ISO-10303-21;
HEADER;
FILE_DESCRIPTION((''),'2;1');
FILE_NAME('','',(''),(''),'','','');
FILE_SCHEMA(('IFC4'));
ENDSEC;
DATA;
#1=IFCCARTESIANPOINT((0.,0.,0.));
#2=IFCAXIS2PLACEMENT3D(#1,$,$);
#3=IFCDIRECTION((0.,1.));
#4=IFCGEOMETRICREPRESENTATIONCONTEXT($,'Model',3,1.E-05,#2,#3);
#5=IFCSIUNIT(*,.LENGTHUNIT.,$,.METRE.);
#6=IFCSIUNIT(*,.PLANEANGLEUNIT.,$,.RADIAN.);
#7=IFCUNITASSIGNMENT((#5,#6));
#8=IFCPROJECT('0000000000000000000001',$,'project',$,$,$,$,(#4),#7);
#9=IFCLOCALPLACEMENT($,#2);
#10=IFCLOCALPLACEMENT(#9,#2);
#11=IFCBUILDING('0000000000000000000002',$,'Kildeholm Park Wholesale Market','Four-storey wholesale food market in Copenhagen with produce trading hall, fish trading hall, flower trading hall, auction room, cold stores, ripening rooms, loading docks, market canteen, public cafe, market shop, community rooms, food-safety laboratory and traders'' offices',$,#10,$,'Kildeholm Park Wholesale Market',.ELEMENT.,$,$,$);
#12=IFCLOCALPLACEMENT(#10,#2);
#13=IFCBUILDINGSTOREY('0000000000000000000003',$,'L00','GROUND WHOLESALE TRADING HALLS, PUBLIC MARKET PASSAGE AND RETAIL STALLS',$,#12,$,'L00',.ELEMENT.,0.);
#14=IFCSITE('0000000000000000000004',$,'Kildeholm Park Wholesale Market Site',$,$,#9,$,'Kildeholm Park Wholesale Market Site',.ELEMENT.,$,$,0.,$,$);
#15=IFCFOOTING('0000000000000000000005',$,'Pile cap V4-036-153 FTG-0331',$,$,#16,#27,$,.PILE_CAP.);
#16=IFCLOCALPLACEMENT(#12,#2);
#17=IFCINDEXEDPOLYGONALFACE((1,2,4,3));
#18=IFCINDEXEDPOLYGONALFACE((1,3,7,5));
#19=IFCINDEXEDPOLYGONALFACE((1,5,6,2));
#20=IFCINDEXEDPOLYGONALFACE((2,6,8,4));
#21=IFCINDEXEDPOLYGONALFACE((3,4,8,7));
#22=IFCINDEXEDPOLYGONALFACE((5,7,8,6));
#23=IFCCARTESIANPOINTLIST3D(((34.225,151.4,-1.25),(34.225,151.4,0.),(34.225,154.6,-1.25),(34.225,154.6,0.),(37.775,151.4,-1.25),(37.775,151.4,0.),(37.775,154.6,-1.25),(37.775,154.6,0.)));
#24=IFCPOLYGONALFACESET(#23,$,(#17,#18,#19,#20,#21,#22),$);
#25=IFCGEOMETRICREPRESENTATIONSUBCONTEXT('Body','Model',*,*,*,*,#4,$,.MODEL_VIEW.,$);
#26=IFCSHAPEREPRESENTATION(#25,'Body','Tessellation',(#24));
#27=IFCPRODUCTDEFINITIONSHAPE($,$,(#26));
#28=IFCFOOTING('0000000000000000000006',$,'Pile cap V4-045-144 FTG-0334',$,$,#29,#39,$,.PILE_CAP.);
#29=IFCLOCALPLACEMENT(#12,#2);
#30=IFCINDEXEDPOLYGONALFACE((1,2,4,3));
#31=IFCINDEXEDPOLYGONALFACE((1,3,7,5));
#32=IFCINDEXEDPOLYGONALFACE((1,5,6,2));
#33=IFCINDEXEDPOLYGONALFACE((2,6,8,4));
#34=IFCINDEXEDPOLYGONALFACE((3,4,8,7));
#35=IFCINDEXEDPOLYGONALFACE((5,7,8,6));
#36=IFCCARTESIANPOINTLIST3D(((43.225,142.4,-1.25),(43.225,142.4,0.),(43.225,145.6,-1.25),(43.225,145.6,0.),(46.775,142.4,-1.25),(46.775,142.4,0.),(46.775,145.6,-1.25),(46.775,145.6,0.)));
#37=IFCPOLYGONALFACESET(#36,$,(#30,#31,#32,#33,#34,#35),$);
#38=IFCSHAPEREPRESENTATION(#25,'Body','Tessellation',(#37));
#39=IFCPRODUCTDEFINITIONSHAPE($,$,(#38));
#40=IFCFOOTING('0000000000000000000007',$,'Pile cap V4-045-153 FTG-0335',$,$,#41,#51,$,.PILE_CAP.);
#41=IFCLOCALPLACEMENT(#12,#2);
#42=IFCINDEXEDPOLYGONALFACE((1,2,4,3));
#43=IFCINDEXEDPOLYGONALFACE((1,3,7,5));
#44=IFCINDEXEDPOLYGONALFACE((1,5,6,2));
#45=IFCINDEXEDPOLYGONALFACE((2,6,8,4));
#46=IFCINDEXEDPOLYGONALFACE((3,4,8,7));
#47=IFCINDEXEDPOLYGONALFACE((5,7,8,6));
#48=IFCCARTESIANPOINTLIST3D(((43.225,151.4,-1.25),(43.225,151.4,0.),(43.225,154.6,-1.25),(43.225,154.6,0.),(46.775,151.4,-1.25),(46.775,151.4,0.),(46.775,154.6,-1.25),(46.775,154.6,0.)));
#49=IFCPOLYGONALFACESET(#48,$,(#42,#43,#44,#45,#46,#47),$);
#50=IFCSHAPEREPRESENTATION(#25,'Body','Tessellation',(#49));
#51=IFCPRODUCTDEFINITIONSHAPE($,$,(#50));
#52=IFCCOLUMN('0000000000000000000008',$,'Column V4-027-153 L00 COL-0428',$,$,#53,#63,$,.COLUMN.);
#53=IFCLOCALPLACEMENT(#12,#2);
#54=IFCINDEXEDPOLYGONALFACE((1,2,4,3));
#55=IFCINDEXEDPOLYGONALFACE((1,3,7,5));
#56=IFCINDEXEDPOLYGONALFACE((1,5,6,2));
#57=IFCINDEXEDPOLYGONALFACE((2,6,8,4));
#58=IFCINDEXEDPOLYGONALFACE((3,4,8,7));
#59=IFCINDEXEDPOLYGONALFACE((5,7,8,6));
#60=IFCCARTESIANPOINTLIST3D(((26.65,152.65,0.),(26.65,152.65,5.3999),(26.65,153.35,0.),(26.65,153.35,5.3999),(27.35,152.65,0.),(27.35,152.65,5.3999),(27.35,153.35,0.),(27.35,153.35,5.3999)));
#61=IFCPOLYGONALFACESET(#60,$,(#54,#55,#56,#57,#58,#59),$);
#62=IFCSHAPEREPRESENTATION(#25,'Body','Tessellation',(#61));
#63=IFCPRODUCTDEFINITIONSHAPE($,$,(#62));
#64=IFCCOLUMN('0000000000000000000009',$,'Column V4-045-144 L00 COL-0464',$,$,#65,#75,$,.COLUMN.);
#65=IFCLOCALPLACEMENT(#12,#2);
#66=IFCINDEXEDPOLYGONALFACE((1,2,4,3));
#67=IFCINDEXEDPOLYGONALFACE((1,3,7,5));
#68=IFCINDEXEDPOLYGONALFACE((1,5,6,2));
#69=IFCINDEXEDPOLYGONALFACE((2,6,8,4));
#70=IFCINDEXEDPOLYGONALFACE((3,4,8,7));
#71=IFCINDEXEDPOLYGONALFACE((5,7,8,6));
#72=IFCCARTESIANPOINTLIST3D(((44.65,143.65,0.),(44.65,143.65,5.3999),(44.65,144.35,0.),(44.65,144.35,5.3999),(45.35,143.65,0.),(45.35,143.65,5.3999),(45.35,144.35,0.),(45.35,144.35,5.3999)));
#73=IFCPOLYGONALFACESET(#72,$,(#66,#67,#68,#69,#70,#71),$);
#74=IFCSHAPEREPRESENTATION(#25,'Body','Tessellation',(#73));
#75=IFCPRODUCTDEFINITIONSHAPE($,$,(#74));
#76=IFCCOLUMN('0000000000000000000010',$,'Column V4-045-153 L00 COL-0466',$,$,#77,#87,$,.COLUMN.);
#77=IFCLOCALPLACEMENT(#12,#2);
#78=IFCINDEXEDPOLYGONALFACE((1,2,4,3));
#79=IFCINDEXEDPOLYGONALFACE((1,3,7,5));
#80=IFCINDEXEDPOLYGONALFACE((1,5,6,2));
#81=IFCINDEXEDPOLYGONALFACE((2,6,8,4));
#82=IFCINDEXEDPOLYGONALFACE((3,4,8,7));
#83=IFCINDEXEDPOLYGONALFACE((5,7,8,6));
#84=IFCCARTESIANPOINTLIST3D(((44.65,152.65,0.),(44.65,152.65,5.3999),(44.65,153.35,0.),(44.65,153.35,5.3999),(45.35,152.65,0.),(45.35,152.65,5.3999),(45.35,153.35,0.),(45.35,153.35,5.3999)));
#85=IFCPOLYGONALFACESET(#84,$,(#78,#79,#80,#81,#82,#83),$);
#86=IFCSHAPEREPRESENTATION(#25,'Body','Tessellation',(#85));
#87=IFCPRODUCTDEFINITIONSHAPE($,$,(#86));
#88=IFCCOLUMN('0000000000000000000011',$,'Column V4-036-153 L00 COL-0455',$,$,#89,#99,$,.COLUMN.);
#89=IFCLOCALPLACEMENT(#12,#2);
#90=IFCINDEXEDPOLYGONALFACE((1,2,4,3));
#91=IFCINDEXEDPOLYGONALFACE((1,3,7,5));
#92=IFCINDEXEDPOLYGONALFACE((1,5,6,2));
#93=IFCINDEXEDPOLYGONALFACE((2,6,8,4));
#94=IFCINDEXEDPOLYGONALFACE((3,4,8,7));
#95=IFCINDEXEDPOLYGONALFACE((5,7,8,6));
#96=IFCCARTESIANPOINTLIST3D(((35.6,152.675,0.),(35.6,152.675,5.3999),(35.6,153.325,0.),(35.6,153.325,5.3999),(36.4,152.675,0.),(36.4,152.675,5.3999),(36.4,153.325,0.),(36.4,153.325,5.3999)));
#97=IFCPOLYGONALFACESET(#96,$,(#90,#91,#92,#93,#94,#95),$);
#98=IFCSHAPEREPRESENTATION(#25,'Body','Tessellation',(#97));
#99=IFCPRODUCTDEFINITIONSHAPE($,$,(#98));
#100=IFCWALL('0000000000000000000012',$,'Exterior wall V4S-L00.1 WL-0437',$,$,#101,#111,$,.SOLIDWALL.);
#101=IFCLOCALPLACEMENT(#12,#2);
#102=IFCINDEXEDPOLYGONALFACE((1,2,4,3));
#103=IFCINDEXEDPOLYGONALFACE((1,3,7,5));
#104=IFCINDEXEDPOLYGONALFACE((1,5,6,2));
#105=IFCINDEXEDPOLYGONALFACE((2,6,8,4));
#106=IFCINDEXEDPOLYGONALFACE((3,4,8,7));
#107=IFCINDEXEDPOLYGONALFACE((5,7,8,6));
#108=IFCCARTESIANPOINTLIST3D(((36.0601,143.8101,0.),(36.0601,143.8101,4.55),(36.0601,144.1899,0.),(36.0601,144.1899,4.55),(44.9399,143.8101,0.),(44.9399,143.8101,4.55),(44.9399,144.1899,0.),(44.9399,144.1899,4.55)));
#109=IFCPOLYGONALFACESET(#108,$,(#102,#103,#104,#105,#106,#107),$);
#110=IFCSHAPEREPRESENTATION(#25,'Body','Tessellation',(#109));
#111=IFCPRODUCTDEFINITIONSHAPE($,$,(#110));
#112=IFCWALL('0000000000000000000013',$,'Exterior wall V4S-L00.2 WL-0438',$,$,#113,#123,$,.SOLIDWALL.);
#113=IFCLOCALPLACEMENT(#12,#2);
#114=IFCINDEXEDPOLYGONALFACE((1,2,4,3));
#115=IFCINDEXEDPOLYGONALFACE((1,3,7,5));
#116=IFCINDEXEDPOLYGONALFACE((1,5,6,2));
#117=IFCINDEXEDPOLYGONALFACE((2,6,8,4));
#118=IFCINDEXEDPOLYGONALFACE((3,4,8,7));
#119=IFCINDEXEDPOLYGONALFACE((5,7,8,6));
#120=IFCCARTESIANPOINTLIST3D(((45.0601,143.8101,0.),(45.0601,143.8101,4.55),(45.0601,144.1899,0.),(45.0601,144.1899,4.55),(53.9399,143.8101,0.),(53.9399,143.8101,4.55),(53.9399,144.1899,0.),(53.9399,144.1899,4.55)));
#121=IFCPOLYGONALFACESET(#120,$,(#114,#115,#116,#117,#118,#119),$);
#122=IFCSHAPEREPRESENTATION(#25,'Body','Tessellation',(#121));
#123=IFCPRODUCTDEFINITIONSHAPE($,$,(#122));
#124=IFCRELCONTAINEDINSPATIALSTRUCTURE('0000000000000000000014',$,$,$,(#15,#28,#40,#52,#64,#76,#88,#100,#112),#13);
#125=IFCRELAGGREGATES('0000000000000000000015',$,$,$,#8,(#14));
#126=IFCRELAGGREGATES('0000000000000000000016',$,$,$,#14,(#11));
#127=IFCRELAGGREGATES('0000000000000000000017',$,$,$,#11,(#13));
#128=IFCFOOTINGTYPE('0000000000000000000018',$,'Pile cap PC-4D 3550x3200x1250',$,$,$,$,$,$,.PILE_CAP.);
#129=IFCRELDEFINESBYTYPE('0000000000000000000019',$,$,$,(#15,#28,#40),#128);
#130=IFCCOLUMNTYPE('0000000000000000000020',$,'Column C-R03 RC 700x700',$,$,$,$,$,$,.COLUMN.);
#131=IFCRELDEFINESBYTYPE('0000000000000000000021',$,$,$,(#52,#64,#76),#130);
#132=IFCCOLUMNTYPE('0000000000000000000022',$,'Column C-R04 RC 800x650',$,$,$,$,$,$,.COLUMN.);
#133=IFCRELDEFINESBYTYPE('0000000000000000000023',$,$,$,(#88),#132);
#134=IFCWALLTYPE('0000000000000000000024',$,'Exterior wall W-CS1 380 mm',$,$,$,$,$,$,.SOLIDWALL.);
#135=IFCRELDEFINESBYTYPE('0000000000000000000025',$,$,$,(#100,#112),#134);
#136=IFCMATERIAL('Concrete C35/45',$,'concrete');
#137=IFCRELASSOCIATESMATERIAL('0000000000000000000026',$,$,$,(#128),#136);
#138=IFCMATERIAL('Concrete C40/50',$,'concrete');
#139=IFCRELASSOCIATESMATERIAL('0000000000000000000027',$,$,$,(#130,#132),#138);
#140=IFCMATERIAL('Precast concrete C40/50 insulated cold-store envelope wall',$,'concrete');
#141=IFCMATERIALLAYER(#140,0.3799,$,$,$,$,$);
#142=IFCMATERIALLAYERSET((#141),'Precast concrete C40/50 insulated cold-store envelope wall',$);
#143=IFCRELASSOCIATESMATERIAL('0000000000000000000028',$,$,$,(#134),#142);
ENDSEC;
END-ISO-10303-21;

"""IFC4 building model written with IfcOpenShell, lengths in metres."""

from ifc_helpers import new_model, si_unit, direction, frame, frame_2d, origin, origin_2d, place, context, subcontext, project, spatial, rectangle, extrude, material, layer, layer_set, material_profile, profile_set, type_object, element, save


model = new_model("IFC4")

# Units and contexts
model_context = context("Model", 3, precision=1e-05, world=origin(), true_north=direction((0.0, 1.0)))
body_context = subcontext(model_context, "Body", "Model", "MODEL_VIEW")
ifc_project = project(units=[si_unit("LENGTHUNIT", "METRE"), si_unit("PLANEANGLEUNIT", "RADIAN")], contexts=[model_context])

# Site, building, storey
site_placement = place(None, origin())
site = spatial("IfcSite", under=ifc_project, at=site_placement, Name="Kildeholm Park Wholesale Market Site", LongName="Kildeholm Park Wholesale Market Site", CompositionType="ELEMENT", RefElevation=0.0)
building_placement = place(site_placement, origin())
building = spatial("IfcBuilding", under=site, at=building_placement, Name="Kildeholm Park Wholesale Market", Description="Four-storey wholesale food market in Copenhagen with produce trading hall, fish trading hall, flower trading hall, auction room, cold stores, ripening rooms, loading docks, market canteen, public cafe, market shop, community rooms, food-safety laboratory and traders' offices", LongName="Kildeholm Park Wholesale Market", CompositionType="ELEMENT")
storey_placement = place(building_placement, origin())
storey = spatial("IfcBuildingStorey", under=building, at=storey_placement, Name="L00", Description="GROUND WHOLESALE TRADING HALLS, PUBLIC MARKET PASSAGE AND RETAIL STALLS", LongName="L00", CompositionType="ELEMENT", Elevation=0.0)

# Shared definitions
ifc_material_1 = material(Name="Concrete C35/45", Category="concrete")

# Footings
footing_type_1 = type_object("IfcFootingType", Name="Pile cap PC-4D 3550x3200x1250", PredefinedType="PILE_CAP", material=ifc_material_1)
for number, where, z_axis, x_axis, name in (
    (1, (36.0, 153.0, -1.25), (0.0, 0.0, 1.0), (1.0, 0.0, 0.0), "Pile cap V4-036-153 FTG-0331"),
    (2, (45.0, 144.0, -1.25), (0.0, 0.0, 1.0), (1.0, 0.0, 0.0), "Pile cap V4-045-144 FTG-0334"),
    (3, (45.0, 153.0, -1.25), (0.0, 0.0, 1.0), (1.0, 0.0, 0.0), "Pile cap V4-045-153 FTG-0335"),
):
    element("IfcFooting", number, at=place(storey_placement, frame(where, z_axis=z_axis, x_axis=x_axis)), inside=storey, type_object=footing_type_1, Name=name, PredefinedType="PILE_CAP", context=body_context, shape_type="SweptSolid", body=[
        extrude(rectangle(XDim=3.55, YDim=3.2, at=origin_2d()), origin(), (0.0, 0.0, 1.0), 1.25),
    ])

# Columns
ifc_material_2 = material(Name="Concrete C40/50", Category="concrete")
ifc_material_profile_1 = material_profile(ifc_material_2, rectangle(XDim=0.7, YDim=0.7, at=origin_2d()), Name="RC 700x700")
ifc_profile_set_1 = profile_set([ifc_material_profile_1], Name="Concrete C40/50")
column_type_1 = type_object("IfcColumnType", Name="Column C-R03 RC 700x700", PredefinedType="COLUMN", material=ifc_profile_set_1)
for number, where, z_axis, x_axis, name in (
    (4, (27.0, 153.0, 0.0), (0.0, 0.0, 1.0), (1.0, 0.0, 0.0), "Column V4-027-153 L00 COL-0428"),
    (5, (45.0, 144.0, 0.0), (0.0, 0.0, 1.0), (1.0, 0.0, 0.0), "Column V4-045-144 L00 COL-0464"),
    (6, (45.0, 153.0, 0.0), (0.0, 0.0, 1.0), (1.0, 0.0, 0.0), "Column V4-045-153 L00 COL-0466"),
):
    element("IfcColumn", number, at=place(storey_placement, frame(where, z_axis=z_axis, x_axis=x_axis)), inside=storey, type_object=column_type_1, Name=name, PredefinedType="COLUMN", context=body_context, shape_type="SweptSolid", body=[
        extrude(rectangle(XDim=0.7, YDim=0.7, at=origin_2d()), origin(), (0.0, 0.0, 1.0), 5.3999),
    ])
ifc_material_profile_2 = material_profile(ifc_material_2, rectangle(XDim=0.8, YDim=0.6499, at=origin_2d()), Name="RC 800x650")
ifc_profile_set_2 = profile_set([ifc_material_profile_2], Name="Concrete C40/50")
column_type_2 = type_object("IfcColumnType", Name="Column C-R04 RC 800x650", PredefinedType="COLUMN", material=ifc_profile_set_2)
column_placement = place(storey_placement, frame((36.0, 153.0, 0.0), z_axis=(0.0, 0.0, 1.0), x_axis=(1.0, 0.0, 0.0)))
element("IfcColumn", 7, at=column_placement, inside=storey, type_object=column_type_2, Name="Column V4-036-153 L00 COL-0455", PredefinedType="COLUMN", context=body_context, shape_type="SweptSolid", body=[
    extrude(rectangle(XDim=0.8, YDim=0.6499, at=origin_2d()), origin(), (0.0, 0.0, 1.0), 5.3999),
])

# Walls
ifc_material_3 = material(Name="Precast concrete C40/50 insulated cold-store envelope wall", Category="concrete")
ifc_layer = layer(ifc_material_3, 0.3799)
ifc_layer_set = layer_set([ifc_layer], Name="Precast concrete C40/50 insulated cold-store envelope wall")
wall_type = type_object("IfcWallType", Name="Exterior wall W-CS1 380 mm", PredefinedType="SOLIDWALL", material=ifc_layer_set)
for number, where, z_axis, x_axis, name in (
    (8, (36.0601, 144.0, 0.0), (0.0, 0.0, 1.0), (1.0, 0.0, 0.0), "Exterior wall V4S-L00.1 WL-0437"),
    (9, (45.0601, 144.0, 0.0), (0.0, 0.0, 1.0), (1.0, 0.0, 0.0), "Exterior wall V4S-L00.2 WL-0438"),
):
    element("IfcWall", number, at=place(storey_placement, frame(where, z_axis=z_axis, x_axis=x_axis)), inside=storey, type_object=wall_type, Name=name, PredefinedType="SOLIDWALL", context=body_context, shape_type="SweptSolid", body=[
        extrude(rectangle(XDim=8.8799, YDim=0.3799, at=frame_2d((4.4399, 0.0))), origin(), (0.0, 0.0, 1.0), 4.55),
    ])

save(model, "model.ifc")
